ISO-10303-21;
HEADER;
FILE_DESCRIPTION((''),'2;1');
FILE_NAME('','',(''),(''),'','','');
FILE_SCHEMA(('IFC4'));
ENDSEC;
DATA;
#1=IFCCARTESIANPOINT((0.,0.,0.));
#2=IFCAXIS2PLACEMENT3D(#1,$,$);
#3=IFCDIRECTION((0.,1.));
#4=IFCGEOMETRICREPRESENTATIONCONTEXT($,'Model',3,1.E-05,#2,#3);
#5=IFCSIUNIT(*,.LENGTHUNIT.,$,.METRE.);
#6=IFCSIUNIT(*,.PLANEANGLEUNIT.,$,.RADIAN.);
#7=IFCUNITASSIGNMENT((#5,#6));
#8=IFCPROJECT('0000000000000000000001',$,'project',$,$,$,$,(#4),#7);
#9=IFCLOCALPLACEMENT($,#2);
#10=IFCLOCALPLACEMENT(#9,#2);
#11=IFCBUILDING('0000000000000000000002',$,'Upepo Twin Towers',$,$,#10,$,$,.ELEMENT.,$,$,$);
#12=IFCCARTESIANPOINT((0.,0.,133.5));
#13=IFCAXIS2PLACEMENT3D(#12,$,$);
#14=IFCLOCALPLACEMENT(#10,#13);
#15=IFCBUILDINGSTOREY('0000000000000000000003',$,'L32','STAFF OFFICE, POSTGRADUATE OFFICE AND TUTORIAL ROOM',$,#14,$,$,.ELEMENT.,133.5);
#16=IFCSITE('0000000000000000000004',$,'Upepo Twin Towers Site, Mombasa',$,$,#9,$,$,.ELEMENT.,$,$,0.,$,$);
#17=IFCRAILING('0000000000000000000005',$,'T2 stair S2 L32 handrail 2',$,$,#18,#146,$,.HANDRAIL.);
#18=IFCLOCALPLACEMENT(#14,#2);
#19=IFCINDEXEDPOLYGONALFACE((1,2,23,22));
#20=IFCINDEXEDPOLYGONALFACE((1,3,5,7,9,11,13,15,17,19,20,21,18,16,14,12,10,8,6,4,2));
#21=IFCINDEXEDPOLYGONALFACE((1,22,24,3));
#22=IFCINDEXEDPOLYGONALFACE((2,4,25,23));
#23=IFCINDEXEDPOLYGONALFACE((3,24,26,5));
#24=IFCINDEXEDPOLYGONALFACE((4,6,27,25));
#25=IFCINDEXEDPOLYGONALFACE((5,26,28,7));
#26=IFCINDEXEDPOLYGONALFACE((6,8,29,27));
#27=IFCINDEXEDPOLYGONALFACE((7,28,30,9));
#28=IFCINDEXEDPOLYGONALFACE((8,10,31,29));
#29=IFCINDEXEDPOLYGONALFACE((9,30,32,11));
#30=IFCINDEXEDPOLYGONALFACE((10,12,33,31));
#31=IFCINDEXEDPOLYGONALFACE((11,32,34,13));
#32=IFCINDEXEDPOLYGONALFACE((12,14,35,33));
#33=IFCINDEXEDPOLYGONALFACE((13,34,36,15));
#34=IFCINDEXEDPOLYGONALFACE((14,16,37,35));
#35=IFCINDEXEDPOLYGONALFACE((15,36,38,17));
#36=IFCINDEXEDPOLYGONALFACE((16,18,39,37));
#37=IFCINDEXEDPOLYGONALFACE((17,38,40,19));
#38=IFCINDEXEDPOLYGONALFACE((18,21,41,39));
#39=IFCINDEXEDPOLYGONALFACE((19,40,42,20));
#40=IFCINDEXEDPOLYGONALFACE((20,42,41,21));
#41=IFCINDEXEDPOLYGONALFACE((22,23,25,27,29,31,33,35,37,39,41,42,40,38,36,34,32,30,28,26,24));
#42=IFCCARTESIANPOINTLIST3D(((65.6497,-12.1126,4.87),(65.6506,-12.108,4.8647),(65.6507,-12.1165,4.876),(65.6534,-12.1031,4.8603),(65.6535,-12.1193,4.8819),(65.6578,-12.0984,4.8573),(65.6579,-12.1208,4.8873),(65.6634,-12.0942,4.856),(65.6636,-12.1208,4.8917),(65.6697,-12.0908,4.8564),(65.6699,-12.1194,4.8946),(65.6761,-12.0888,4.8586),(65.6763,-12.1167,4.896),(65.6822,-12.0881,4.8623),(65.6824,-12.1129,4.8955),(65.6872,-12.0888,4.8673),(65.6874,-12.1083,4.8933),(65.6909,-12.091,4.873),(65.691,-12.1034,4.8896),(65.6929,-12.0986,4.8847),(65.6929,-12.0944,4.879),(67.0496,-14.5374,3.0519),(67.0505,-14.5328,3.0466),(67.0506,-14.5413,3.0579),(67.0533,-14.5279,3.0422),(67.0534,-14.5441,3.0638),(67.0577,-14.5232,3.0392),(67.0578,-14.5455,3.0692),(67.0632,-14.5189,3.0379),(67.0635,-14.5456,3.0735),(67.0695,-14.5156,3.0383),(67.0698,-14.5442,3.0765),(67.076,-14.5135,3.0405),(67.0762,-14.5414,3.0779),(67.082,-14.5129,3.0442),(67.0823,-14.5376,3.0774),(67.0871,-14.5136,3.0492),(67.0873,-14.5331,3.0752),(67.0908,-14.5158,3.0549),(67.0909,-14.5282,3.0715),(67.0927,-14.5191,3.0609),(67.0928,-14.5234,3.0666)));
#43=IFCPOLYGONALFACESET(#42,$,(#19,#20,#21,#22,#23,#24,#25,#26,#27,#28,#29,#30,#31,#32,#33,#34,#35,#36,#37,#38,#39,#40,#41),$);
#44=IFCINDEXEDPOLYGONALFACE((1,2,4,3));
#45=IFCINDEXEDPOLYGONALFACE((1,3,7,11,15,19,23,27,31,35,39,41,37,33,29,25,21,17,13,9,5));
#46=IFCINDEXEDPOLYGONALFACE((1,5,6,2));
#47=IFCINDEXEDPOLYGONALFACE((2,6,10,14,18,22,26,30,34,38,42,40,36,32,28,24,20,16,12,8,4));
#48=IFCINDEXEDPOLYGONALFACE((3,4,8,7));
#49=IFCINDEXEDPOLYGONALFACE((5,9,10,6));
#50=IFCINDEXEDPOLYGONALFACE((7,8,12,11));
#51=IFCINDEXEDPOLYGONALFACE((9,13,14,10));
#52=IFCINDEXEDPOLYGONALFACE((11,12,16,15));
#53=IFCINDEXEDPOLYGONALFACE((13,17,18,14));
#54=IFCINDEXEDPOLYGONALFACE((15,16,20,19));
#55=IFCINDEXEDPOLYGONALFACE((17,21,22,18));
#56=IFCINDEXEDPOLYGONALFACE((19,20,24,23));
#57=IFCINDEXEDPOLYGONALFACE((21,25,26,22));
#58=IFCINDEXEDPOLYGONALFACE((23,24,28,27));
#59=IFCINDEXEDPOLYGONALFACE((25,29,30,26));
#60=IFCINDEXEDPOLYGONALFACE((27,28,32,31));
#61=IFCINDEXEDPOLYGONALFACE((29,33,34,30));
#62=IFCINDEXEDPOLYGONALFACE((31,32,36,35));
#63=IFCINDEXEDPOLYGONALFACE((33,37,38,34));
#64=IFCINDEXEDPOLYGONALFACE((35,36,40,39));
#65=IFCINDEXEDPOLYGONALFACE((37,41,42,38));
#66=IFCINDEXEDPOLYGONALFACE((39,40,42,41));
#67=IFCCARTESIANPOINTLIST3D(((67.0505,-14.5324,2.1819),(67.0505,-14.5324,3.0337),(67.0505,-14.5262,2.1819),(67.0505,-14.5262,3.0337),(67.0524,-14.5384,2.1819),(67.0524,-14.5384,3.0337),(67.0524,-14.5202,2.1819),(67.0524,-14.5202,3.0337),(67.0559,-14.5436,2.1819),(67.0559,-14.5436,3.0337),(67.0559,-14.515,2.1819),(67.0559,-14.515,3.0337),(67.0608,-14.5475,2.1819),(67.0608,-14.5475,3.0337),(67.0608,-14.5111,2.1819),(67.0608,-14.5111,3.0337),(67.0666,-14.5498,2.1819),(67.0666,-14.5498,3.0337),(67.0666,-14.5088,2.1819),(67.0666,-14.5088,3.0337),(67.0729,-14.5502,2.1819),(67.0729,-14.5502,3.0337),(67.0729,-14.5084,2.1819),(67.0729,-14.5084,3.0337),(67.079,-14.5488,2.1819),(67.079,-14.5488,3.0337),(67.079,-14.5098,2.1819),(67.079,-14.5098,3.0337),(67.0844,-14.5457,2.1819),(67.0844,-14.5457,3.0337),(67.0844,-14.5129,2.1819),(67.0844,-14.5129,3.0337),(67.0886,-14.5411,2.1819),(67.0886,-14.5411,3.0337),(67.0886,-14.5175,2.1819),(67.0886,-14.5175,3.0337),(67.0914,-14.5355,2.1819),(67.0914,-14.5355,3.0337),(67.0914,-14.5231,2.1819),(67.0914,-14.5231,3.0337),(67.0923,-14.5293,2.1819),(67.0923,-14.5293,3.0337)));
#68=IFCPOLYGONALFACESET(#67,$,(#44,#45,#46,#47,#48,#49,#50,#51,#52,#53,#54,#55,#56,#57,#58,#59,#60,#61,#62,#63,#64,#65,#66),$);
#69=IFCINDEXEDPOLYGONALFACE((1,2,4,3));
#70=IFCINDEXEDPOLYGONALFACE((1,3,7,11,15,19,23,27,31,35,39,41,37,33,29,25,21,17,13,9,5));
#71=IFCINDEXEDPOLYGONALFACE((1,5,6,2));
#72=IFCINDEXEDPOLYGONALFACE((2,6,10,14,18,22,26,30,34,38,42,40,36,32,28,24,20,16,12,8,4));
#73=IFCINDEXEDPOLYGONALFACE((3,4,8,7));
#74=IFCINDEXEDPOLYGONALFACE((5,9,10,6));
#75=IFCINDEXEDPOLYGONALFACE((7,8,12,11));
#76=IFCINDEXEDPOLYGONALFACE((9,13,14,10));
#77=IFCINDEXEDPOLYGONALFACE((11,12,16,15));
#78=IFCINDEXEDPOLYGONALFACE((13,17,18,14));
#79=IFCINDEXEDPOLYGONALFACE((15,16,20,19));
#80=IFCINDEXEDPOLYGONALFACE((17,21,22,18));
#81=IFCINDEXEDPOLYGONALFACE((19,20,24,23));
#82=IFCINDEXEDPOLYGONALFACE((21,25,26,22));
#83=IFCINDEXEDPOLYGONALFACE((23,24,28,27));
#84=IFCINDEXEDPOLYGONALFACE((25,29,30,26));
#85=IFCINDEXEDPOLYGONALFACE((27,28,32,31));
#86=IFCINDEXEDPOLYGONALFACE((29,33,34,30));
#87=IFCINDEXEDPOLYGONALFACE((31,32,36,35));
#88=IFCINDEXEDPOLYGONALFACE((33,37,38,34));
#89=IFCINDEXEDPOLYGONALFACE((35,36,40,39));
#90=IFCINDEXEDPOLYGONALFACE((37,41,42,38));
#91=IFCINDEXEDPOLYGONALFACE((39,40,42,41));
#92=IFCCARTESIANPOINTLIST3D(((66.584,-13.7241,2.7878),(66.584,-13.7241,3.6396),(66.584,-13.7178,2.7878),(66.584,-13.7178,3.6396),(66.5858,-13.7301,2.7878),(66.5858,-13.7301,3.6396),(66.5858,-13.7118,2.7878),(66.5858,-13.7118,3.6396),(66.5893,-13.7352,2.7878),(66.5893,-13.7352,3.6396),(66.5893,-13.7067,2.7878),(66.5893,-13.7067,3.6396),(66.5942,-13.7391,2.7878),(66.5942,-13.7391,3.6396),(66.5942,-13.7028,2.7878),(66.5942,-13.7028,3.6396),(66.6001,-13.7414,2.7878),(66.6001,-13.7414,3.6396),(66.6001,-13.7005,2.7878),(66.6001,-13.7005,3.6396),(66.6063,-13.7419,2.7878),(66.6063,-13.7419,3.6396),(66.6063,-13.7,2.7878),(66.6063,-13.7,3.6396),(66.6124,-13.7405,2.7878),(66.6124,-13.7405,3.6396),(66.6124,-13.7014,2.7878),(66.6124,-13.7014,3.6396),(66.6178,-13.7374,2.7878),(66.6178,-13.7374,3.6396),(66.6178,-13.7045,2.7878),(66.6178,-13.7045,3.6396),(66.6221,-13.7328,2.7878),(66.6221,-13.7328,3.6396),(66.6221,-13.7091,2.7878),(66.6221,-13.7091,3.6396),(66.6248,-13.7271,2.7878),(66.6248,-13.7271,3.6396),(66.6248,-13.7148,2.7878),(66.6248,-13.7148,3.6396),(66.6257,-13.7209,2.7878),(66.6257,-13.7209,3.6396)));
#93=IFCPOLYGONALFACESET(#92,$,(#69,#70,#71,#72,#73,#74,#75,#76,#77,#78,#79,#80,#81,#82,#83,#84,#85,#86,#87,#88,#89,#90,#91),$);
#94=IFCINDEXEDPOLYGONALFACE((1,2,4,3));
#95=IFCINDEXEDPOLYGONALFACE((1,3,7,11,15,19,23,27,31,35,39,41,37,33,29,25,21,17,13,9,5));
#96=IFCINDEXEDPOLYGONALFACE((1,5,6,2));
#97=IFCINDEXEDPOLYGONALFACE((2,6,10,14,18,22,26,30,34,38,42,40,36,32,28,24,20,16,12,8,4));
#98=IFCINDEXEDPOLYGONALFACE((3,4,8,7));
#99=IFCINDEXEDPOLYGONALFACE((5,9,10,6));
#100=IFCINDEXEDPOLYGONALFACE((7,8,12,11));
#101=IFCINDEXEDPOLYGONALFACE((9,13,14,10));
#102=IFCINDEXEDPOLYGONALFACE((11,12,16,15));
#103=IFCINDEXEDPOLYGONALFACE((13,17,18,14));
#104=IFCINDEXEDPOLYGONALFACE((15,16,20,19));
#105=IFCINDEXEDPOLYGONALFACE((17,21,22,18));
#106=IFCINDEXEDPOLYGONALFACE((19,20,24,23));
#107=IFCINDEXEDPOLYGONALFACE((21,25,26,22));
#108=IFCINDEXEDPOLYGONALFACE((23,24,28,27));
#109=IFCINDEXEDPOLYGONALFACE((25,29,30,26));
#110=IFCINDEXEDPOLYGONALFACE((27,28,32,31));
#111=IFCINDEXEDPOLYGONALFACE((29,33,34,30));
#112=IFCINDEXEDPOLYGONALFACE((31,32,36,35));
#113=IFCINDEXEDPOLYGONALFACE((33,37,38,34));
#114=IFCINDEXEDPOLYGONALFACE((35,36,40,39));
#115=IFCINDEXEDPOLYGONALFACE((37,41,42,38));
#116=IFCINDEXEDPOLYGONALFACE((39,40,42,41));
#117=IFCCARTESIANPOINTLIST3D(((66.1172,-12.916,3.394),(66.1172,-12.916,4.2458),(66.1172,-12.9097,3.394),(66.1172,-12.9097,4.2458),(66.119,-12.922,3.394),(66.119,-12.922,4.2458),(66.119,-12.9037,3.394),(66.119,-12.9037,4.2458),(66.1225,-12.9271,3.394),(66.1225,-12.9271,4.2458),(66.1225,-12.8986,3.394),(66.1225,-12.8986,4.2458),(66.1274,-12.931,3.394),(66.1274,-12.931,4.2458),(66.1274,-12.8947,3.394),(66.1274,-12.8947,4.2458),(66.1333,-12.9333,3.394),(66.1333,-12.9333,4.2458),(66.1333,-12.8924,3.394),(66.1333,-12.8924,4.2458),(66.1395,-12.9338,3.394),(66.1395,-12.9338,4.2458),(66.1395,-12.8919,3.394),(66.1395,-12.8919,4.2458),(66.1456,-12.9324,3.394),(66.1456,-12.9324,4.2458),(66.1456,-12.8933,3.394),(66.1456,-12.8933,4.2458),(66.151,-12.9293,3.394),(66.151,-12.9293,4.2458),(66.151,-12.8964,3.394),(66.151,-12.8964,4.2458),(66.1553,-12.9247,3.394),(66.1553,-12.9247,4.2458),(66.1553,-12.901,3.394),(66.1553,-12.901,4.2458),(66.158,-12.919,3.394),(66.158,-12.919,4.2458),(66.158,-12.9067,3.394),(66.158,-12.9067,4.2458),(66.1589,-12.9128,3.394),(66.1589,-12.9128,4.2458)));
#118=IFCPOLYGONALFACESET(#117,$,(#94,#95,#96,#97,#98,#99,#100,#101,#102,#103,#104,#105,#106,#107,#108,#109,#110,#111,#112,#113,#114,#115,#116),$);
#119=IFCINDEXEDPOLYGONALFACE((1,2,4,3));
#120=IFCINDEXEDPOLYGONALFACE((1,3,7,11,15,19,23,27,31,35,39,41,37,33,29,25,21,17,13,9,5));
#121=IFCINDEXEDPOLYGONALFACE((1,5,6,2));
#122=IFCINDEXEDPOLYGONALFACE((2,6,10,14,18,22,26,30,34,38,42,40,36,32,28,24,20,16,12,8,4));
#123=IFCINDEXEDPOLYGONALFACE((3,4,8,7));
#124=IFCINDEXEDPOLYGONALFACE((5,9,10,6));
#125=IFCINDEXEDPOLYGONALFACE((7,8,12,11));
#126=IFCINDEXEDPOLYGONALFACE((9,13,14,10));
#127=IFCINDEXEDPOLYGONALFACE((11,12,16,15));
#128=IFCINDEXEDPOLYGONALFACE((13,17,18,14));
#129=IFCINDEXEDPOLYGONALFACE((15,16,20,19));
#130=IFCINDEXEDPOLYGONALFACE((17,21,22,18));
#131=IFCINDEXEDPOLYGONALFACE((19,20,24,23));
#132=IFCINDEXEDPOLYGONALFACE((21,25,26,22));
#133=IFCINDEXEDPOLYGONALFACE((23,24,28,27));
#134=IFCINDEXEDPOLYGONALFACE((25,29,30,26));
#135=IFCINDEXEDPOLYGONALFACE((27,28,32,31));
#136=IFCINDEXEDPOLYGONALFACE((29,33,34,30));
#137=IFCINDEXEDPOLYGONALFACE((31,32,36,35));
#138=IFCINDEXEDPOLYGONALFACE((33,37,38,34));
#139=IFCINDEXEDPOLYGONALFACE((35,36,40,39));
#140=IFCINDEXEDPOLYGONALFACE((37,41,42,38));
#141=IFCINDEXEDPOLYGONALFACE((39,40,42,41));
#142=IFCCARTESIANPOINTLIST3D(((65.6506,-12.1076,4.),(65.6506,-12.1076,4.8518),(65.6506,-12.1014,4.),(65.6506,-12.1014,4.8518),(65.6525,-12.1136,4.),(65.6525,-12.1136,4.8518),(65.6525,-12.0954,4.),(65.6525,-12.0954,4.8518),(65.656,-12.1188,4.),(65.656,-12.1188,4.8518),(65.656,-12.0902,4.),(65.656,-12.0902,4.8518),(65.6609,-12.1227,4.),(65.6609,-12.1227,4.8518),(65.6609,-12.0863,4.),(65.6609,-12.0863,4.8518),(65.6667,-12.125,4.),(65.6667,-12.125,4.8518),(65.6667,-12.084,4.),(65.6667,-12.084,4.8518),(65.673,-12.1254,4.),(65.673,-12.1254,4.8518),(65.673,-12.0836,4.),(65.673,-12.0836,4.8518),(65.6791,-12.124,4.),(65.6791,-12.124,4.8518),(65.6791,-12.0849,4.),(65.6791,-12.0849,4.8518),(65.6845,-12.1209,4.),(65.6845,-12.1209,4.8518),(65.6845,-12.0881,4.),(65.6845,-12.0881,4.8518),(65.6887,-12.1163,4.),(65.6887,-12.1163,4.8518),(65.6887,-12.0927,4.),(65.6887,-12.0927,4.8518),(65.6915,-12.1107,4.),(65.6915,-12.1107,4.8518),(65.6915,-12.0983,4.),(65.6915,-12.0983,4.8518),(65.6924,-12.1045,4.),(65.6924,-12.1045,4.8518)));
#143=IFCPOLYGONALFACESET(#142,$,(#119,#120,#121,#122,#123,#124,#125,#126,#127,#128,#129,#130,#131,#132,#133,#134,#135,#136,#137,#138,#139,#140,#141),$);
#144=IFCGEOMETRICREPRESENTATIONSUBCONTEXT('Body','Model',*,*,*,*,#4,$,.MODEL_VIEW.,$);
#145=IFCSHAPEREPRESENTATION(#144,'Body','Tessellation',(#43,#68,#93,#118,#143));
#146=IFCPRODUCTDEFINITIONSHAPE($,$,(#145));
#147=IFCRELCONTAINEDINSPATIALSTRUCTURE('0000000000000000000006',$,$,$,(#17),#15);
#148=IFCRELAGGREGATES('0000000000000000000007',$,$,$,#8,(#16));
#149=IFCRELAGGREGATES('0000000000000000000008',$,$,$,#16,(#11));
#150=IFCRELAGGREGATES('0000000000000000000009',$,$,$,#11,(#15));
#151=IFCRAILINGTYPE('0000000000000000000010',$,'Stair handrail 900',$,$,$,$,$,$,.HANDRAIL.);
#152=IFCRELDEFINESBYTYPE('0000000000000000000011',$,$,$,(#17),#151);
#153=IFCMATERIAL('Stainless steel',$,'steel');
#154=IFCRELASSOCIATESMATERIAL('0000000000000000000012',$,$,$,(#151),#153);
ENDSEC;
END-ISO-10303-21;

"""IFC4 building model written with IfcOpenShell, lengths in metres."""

from ifc_helpers import new_model, si_unit, direction, frame, origin, origin_2d, place, context, subcontext, project, spatial, circle, extrude, material, type_object, element, save


model = new_model("IFC4")

# Units and contexts
model_context = context("Model", 3, precision=1e-05, world=origin(), true_north=direction((0.0, 1.0)))
body_context = subcontext(model_context, "Body", "Model", "MODEL_VIEW")
ifc_project = project(units=[si_unit("LENGTHUNIT", "METRE"), si_unit("PLANEANGLEUNIT", "RADIAN")], contexts=[model_context])

# Site, building, storey
site_placement = place(None, origin())
site = spatial("IfcSite", under=ifc_project, at=site_placement, Name="Upepo Twin Towers Site, Mombasa", CompositionType="ELEMENT", RefElevation=0.0)
building_placement = place(site_placement, origin())
building = spatial("IfcBuilding", under=site, at=building_placement, Name="Upepo Twin Towers", CompositionType="ELEMENT")
storey_placement = place(building_placement, frame((0.0, 0.0, 133.5)))
storey = spatial("IfcBuildingStorey", under=building, at=storey_placement, Name="L32", Description="STAFF OFFICE, POSTGRADUATE OFFICE AND TUTORIAL ROOM", CompositionType="ELEMENT", Elevation=133.5)

# Railing
ifc_material_1 = material(Name="Stainless steel", Category="steel")
railing_type = type_object("IfcRailingType", Name="Stair handrail 900", PredefinedType="HANDRAIL", material=ifc_material_1)
railing_1_placement = place(storey_placement, frame((67.0713, -14.5293, 2.1819)))
element("IfcRailing", 1, at=railing_1_placement, inside=storey, type_object=railing_type, Name="T2 stair S2 L32 handrail 2", PredefinedType="HANDRAIL", context=body_context, shape_type="SweptSolid", body=[
    extrude(circle(Radius=0.0239, at=origin_2d()), frame((0.0, 0.0, 0.876), z_axis=(-0.419333, 0.726336, 0.544606), x_axis=(-0.866035, -0.499984, 0.0)), (0.0, 0.0, 1.0), 3.3384),
    extrude(circle(Radius=0.021, at=origin_2d()), origin(), (0.0, 0.0, 1.0), 0.8518),
    extrude(circle(Radius=0.021, at=origin_2d()), frame((-0.4666, 0.8083, 0.606)), (0.0, 0.0, 1.0), 0.8518),
    extrude(circle(Radius=0.021, at=origin_2d()), frame((-0.9333, 1.6165, 1.2122)), (0.0, 0.0, 1.0), 0.8518),
    extrude(circle(Radius=0.021, at=origin_2d()), frame((-1.3999, 2.4248, 1.8181)), (0.0, 0.0, 1.0), 0.8518),
])

save(model, "model.ifc")
